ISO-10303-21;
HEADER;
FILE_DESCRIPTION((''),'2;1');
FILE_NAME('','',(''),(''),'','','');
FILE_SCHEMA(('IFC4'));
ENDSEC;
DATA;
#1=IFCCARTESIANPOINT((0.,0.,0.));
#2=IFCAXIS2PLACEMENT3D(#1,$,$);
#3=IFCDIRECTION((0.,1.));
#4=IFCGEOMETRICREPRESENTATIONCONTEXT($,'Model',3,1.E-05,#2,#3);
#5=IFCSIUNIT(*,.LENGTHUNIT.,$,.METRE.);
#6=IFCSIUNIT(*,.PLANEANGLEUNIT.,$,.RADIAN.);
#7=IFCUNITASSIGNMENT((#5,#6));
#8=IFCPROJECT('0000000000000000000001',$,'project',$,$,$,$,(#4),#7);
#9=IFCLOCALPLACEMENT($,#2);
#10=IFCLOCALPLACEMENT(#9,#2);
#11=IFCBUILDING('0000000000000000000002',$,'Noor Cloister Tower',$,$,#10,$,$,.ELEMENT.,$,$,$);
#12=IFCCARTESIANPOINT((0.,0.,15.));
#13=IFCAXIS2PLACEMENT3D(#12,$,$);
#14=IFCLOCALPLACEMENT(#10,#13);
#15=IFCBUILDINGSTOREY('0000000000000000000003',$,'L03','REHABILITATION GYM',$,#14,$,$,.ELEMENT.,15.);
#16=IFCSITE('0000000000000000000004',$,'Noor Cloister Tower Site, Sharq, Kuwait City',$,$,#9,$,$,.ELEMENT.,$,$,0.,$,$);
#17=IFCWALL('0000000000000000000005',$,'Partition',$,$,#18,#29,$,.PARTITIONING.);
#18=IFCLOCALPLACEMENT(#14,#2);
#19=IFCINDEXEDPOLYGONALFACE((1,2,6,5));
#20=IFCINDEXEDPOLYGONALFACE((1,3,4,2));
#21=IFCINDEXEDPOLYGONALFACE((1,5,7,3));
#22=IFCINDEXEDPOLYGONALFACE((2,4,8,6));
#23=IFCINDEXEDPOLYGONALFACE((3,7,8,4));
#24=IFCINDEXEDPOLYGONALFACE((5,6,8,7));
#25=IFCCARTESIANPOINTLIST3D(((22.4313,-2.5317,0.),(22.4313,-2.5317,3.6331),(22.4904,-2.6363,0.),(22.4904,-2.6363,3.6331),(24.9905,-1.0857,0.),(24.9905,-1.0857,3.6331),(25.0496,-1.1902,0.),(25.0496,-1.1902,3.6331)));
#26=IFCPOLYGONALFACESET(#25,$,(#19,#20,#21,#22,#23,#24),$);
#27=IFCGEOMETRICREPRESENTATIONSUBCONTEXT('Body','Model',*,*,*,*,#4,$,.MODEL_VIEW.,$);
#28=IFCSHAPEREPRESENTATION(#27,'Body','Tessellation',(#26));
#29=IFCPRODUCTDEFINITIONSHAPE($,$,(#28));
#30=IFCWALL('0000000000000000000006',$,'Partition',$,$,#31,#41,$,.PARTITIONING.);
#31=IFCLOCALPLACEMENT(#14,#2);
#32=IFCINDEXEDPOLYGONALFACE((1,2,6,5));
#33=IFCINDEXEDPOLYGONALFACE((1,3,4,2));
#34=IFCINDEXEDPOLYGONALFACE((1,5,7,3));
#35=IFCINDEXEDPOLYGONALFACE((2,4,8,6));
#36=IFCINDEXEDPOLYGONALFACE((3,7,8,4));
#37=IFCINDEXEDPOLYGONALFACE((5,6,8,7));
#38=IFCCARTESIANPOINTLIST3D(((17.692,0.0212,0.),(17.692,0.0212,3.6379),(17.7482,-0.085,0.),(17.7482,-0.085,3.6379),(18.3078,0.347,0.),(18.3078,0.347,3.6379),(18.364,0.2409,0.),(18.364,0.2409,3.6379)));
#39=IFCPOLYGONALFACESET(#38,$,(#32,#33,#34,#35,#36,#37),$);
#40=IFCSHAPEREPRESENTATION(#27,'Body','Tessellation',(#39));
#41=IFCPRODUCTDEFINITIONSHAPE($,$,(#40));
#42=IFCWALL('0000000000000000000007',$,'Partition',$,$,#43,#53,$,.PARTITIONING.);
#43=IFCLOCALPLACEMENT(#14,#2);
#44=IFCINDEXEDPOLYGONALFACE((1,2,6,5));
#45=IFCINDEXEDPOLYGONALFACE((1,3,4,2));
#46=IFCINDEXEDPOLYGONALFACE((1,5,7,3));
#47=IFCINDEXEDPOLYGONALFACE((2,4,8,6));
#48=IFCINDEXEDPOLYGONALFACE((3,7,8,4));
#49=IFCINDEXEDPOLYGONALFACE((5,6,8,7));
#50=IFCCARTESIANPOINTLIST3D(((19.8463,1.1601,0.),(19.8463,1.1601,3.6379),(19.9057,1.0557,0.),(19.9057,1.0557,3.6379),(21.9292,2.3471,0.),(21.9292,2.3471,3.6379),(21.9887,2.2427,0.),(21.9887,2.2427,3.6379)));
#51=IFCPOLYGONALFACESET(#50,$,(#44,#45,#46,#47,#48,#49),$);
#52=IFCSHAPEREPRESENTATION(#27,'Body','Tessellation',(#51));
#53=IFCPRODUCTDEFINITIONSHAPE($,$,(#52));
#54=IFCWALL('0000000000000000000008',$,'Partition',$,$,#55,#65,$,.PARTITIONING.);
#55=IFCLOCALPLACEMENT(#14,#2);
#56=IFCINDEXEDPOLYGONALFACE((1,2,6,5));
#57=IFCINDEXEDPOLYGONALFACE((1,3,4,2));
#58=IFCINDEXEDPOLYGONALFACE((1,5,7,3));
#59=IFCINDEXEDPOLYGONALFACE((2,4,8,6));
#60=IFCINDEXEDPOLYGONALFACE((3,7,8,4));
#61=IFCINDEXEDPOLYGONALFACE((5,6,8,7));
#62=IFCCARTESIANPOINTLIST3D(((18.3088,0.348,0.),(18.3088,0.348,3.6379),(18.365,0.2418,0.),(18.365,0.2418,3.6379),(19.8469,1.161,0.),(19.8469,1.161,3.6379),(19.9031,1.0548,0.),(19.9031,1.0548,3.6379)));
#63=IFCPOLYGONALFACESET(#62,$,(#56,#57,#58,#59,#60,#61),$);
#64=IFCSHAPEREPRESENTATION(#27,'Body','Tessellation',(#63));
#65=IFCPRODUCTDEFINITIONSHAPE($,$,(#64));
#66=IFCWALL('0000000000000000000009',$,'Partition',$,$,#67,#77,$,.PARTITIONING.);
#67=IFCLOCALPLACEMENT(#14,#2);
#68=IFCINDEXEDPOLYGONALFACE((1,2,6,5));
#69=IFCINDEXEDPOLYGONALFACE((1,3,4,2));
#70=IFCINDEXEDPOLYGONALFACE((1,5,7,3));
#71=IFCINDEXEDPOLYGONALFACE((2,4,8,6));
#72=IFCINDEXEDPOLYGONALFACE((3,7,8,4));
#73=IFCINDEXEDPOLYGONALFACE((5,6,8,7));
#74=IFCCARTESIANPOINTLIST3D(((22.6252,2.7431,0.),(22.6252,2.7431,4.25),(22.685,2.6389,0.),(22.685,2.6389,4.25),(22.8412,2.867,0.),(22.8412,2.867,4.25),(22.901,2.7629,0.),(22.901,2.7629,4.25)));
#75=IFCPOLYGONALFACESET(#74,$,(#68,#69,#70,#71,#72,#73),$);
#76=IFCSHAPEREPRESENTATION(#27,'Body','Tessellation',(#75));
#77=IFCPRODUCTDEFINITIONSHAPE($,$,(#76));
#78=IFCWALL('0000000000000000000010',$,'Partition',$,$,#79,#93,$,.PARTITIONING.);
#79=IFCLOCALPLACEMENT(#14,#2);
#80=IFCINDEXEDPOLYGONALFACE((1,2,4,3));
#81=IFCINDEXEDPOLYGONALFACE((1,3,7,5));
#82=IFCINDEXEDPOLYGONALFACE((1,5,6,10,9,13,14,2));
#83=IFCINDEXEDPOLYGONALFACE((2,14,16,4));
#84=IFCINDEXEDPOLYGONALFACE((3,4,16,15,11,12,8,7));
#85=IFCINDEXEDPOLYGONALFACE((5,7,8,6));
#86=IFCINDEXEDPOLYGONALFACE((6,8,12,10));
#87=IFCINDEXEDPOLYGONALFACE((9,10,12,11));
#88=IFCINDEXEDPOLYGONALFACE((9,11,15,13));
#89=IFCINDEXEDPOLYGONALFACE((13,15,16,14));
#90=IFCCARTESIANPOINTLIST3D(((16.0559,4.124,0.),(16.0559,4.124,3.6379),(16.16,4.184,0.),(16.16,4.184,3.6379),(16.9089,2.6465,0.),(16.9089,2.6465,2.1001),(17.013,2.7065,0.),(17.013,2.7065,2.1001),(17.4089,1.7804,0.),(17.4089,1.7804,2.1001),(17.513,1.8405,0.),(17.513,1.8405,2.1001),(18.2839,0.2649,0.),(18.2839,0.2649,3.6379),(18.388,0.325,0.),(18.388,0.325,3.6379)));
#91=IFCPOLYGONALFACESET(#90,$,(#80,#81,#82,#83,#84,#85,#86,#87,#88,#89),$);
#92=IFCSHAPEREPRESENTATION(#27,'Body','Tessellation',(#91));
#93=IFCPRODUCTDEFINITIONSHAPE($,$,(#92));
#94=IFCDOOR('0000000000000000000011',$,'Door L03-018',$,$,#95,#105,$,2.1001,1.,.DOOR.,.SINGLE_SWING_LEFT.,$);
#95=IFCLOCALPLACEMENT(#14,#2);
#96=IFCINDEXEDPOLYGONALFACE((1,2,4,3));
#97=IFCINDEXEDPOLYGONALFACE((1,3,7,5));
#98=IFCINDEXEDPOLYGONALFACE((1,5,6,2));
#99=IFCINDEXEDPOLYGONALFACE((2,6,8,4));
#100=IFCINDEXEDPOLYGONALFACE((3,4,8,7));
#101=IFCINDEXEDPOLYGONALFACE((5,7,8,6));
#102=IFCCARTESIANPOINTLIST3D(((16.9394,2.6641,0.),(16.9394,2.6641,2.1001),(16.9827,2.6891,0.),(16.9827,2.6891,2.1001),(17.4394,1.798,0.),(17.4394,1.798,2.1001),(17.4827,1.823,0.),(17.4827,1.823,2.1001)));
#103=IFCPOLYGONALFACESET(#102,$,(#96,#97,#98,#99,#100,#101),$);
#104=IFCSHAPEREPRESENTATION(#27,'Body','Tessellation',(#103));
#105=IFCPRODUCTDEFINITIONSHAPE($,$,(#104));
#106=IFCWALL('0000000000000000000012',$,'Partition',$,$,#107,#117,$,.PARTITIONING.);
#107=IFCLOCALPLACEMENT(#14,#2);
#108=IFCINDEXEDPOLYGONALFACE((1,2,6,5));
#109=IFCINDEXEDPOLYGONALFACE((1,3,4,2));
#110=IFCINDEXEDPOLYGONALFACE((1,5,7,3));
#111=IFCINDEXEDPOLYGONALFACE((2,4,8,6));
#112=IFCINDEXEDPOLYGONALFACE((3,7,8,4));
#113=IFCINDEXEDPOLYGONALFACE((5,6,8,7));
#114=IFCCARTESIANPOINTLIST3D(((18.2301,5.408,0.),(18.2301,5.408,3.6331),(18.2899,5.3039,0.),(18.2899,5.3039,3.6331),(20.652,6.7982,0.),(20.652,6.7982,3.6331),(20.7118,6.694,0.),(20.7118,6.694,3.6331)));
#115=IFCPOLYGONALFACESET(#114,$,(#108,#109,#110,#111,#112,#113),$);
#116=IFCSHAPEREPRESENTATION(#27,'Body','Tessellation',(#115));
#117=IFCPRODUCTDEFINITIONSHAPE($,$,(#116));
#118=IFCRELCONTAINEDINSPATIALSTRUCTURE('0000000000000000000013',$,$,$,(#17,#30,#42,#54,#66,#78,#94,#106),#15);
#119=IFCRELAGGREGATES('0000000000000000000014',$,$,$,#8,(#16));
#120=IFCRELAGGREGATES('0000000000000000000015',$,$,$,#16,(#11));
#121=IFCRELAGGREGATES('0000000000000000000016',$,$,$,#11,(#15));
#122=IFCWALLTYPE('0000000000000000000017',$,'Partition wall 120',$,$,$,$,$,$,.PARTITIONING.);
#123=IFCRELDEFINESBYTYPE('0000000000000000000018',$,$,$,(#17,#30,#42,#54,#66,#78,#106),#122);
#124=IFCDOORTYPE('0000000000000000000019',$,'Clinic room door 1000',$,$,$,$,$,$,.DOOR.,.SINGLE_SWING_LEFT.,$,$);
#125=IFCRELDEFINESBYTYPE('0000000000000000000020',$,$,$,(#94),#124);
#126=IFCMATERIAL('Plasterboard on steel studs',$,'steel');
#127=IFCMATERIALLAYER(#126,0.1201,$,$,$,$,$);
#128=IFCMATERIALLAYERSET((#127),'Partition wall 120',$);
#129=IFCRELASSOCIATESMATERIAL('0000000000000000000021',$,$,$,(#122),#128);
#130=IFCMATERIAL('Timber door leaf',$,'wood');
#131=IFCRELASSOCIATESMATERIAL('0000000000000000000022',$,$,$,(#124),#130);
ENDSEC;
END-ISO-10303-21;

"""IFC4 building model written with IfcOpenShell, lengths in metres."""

from ifc_helpers import new_model, si_unit, direction, frame, frame_2d, origin, place, context, subcontext, project, spatial, rectangle, extrude, material, layer, layer_set, type_object, element, fill, save


model = new_model("IFC4")

# Units and contexts
model_context = context("Model", 3, precision=1e-05, world=origin(), true_north=direction((0.0, 1.0)))
body_context = subcontext(model_context, "Body", "Model", "MODEL_VIEW")
ifc_project = project(units=[si_unit("LENGTHUNIT", "METRE"), si_unit("PLANEANGLEUNIT", "RADIAN")], contexts=[model_context])

# Site, building, storey
site_placement = place(None, origin())
site = spatial("IfcSite", under=ifc_project, at=site_placement, Name="Noor Cloister Tower Site, Sharq, Kuwait City", CompositionType="ELEMENT", RefElevation=0.0)
building_placement = place(site_placement, origin())
building = spatial("IfcBuilding", under=site, at=building_placement, Name="Noor Cloister Tower", CompositionType="ELEMENT")
storey_placement = place(building_placement, frame((0.0, 0.0, 15.0)))
storey = spatial("IfcBuildingStorey", under=building, at=storey_placement, Name="L03", Description="REHABILITATION GYM", CompositionType="ELEMENT", Elevation=15.0)

# Walls
ifc_material_1 = material(Name="Plasterboard on steel studs", Category="steel")
ifc_layer_1 = layer(ifc_material_1, 0.1201)
ifc_layer_set_1 = layer_set([ifc_layer_1], Name="Partition wall 120")
wall_type_1 = type_object("IfcWallType", Name="Partition wall 120", PredefinedType="PARTITIONING", material=ifc_layer_set_1)
wall_1_placement = place(storey_placement, frame((25.02, -1.1379, 0.0), z_axis=(0.0, 0.0, 1.0), x_axis=(-0.87062, -0.491956, 0.0)))
element("IfcWall", 1, at=wall_1_placement, inside=storey, type_object=wall_type_1, Name="Partition", PredefinedType="PARTITIONING", context=body_context, shape_type="SweptSolid", body=[
    extrude(rectangle(XDim=2.9395, YDim=0.1201, at=frame_2d((1.4697, 0.0))), origin(), (0.0, 0.0, 1.0), 3.6331),
])
wall_2_placement = place(storey_placement, frame((18.3359, 0.2939, 0.0), z_axis=(0.0, 0.0, 1.0), x_axis=(-0.88389, -0.467695, 0.0)))
element("IfcWall", 2, at=wall_2_placement, inside=storey, type_object=wall_type_1, Name="Partition", PredefinedType="PARTITIONING", context=body_context, shape_type="SweptSolid", body=[
    extrude(rectangle(XDim=0.6968, YDim=0.1201, at=frame_2d((0.3484, 0.0))), origin(), (0.0, 0.0, 1.0), 3.6379),
])
wall_3_placement = place(storey_placement, frame((21.959, 2.2949, 0.0), z_axis=(0.0, 0.0, 1.0), x_axis=(-0.868832, -0.495108, 0.0)))
element("IfcWall", 3, at=wall_3_placement, inside=storey, type_object=wall_type_1, Name="Partition", PredefinedType="PARTITIONING", context=body_context, shape_type="SweptSolid", body=[
    extrude(rectangle(XDim=2.3975, YDim=0.1201, at=frame_2d((1.1987, 0.0))), origin(), (0.0, 0.0, 1.0), 3.6379),
])
wall_4_placement = place(storey_placement, frame((19.875, 1.1079, 0.0), z_axis=(0.0, 0.0, 1.0), x_axis=(-0.884095, -0.467307, 0.0)))
element("IfcWall", 4, at=wall_4_placement, inside=storey, type_object=wall_type_1, Name="Partition", PredefinedType="PARTITIONING", context=body_context, shape_type="SweptSolid", body=[
    extrude(rectangle(XDim=1.7397, YDim=0.1201, at=frame_2d((0.8699, 0.0))), origin(), (0.0, 0.0, 1.0), 3.6379),
])
wall_5_placement = place(storey_placement, frame((22.8711, 2.8149, 0.0), z_axis=(0.0, 0.0, 1.0), x_axis=(-0.867277, -0.497827, 0.0)))
element("IfcWall", 5, at=wall_5_placement, inside=storey, type_object=wall_type_1, Name="Partition", PredefinedType="PARTITIONING", context=body_context, shape_type="SweptSolid", body=[
    extrude(rectangle(XDim=0.249, YDim=0.1201, at=frame_2d((0.1245, 0.0))), origin(), (0.0, 0.0, 1.0), 4.25),
])

# Wall, opening, door
wall_6_placement = place(storey_placement, frame((18.3359, 0.2949, 0.0), z_axis=(0.0, 0.0, 1.0), x_axis=(-0.499993, 0.86603, 0.0)))
wall_6 = element("IfcWall", 6, at=wall_6_placement, inside=storey, type_object=wall_type_1, Name="Partition", PredefinedType="PARTITIONING", context=body_context, shape_type="SweptSolid", body=[
    extrude(rectangle(XDim=4.4561, YDim=0.1201, at=frame_2d((2.228, 0.0))), origin(), (0.0, 0.0, 1.0), 3.6379),
])
opening_1_placement = place(wall_6_placement, frame((1.75, 0.0, 0.0)))
opening_1 = element("IfcOpeningElement", 7, at=opening_1_placement, cuts=wall_6, PredefinedType="OPENING", context=body_context, shape_type="SweptSolid", body=[
    extrude(rectangle(XDim=1.0, YDim=2.1001, at=frame_2d((0.5, 1.05))), frame((0.0, 0.0701, 0.0), z_axis=(0.0, -1.0, 0.0), x_axis=(1.0, 0.0, 0.0)), (0.0, 0.0, 1.0), 0.1401),
])
ifc_material_2 = material(Name="Timber door leaf", Category="wood")
door_type = type_object("IfcDoorType", Name="Clinic room door 1000", OperationType="SINGLE_SWING_LEFT", PredefinedType="DOOR", material=ifc_material_2)
door_placement = place(opening_1_placement, origin())
door = element("IfcDoor", 8, at=door_placement, inside=storey, type_object=door_type, Name="Door L03-018", OperationType="SINGLE_SWING_LEFT", OverallHeight=2.1001, OverallWidth=1.0, PredefinedType="DOOR", context=body_context, shape_type="SweptSolid", body=[
    extrude(rectangle(XDim=1.0, YDim=2.1001, at=frame_2d((0.5, 1.05))), frame((0.0, 0.0249, 0.0), z_axis=(0.0, -1.0, 0.0), x_axis=(1.0, 0.0, 0.0)), (0.0, 0.0, 1.0), 0.05),
])
fill(opening_1, door)

# Wall
wall_7_placement = place(storey_placement, frame((20.6819, 6.7461, 0.0), z_axis=(0.0, 0.0, 1.0), x_axis=(-0.867284, -0.497814, 0.0)))
element("IfcWall", 9, at=wall_7_placement, inside=storey, type_object=wall_type_1, Name="Partition", PredefinedType="PARTITIONING", context=body_context, shape_type="SweptSolid", body=[
    extrude(rectangle(XDim=2.7925, YDim=0.1201, at=frame_2d((1.3962, 0.0))), origin(), (0.0, 0.0, 1.0), 3.6331),
])

save(model, "model.ifc")
